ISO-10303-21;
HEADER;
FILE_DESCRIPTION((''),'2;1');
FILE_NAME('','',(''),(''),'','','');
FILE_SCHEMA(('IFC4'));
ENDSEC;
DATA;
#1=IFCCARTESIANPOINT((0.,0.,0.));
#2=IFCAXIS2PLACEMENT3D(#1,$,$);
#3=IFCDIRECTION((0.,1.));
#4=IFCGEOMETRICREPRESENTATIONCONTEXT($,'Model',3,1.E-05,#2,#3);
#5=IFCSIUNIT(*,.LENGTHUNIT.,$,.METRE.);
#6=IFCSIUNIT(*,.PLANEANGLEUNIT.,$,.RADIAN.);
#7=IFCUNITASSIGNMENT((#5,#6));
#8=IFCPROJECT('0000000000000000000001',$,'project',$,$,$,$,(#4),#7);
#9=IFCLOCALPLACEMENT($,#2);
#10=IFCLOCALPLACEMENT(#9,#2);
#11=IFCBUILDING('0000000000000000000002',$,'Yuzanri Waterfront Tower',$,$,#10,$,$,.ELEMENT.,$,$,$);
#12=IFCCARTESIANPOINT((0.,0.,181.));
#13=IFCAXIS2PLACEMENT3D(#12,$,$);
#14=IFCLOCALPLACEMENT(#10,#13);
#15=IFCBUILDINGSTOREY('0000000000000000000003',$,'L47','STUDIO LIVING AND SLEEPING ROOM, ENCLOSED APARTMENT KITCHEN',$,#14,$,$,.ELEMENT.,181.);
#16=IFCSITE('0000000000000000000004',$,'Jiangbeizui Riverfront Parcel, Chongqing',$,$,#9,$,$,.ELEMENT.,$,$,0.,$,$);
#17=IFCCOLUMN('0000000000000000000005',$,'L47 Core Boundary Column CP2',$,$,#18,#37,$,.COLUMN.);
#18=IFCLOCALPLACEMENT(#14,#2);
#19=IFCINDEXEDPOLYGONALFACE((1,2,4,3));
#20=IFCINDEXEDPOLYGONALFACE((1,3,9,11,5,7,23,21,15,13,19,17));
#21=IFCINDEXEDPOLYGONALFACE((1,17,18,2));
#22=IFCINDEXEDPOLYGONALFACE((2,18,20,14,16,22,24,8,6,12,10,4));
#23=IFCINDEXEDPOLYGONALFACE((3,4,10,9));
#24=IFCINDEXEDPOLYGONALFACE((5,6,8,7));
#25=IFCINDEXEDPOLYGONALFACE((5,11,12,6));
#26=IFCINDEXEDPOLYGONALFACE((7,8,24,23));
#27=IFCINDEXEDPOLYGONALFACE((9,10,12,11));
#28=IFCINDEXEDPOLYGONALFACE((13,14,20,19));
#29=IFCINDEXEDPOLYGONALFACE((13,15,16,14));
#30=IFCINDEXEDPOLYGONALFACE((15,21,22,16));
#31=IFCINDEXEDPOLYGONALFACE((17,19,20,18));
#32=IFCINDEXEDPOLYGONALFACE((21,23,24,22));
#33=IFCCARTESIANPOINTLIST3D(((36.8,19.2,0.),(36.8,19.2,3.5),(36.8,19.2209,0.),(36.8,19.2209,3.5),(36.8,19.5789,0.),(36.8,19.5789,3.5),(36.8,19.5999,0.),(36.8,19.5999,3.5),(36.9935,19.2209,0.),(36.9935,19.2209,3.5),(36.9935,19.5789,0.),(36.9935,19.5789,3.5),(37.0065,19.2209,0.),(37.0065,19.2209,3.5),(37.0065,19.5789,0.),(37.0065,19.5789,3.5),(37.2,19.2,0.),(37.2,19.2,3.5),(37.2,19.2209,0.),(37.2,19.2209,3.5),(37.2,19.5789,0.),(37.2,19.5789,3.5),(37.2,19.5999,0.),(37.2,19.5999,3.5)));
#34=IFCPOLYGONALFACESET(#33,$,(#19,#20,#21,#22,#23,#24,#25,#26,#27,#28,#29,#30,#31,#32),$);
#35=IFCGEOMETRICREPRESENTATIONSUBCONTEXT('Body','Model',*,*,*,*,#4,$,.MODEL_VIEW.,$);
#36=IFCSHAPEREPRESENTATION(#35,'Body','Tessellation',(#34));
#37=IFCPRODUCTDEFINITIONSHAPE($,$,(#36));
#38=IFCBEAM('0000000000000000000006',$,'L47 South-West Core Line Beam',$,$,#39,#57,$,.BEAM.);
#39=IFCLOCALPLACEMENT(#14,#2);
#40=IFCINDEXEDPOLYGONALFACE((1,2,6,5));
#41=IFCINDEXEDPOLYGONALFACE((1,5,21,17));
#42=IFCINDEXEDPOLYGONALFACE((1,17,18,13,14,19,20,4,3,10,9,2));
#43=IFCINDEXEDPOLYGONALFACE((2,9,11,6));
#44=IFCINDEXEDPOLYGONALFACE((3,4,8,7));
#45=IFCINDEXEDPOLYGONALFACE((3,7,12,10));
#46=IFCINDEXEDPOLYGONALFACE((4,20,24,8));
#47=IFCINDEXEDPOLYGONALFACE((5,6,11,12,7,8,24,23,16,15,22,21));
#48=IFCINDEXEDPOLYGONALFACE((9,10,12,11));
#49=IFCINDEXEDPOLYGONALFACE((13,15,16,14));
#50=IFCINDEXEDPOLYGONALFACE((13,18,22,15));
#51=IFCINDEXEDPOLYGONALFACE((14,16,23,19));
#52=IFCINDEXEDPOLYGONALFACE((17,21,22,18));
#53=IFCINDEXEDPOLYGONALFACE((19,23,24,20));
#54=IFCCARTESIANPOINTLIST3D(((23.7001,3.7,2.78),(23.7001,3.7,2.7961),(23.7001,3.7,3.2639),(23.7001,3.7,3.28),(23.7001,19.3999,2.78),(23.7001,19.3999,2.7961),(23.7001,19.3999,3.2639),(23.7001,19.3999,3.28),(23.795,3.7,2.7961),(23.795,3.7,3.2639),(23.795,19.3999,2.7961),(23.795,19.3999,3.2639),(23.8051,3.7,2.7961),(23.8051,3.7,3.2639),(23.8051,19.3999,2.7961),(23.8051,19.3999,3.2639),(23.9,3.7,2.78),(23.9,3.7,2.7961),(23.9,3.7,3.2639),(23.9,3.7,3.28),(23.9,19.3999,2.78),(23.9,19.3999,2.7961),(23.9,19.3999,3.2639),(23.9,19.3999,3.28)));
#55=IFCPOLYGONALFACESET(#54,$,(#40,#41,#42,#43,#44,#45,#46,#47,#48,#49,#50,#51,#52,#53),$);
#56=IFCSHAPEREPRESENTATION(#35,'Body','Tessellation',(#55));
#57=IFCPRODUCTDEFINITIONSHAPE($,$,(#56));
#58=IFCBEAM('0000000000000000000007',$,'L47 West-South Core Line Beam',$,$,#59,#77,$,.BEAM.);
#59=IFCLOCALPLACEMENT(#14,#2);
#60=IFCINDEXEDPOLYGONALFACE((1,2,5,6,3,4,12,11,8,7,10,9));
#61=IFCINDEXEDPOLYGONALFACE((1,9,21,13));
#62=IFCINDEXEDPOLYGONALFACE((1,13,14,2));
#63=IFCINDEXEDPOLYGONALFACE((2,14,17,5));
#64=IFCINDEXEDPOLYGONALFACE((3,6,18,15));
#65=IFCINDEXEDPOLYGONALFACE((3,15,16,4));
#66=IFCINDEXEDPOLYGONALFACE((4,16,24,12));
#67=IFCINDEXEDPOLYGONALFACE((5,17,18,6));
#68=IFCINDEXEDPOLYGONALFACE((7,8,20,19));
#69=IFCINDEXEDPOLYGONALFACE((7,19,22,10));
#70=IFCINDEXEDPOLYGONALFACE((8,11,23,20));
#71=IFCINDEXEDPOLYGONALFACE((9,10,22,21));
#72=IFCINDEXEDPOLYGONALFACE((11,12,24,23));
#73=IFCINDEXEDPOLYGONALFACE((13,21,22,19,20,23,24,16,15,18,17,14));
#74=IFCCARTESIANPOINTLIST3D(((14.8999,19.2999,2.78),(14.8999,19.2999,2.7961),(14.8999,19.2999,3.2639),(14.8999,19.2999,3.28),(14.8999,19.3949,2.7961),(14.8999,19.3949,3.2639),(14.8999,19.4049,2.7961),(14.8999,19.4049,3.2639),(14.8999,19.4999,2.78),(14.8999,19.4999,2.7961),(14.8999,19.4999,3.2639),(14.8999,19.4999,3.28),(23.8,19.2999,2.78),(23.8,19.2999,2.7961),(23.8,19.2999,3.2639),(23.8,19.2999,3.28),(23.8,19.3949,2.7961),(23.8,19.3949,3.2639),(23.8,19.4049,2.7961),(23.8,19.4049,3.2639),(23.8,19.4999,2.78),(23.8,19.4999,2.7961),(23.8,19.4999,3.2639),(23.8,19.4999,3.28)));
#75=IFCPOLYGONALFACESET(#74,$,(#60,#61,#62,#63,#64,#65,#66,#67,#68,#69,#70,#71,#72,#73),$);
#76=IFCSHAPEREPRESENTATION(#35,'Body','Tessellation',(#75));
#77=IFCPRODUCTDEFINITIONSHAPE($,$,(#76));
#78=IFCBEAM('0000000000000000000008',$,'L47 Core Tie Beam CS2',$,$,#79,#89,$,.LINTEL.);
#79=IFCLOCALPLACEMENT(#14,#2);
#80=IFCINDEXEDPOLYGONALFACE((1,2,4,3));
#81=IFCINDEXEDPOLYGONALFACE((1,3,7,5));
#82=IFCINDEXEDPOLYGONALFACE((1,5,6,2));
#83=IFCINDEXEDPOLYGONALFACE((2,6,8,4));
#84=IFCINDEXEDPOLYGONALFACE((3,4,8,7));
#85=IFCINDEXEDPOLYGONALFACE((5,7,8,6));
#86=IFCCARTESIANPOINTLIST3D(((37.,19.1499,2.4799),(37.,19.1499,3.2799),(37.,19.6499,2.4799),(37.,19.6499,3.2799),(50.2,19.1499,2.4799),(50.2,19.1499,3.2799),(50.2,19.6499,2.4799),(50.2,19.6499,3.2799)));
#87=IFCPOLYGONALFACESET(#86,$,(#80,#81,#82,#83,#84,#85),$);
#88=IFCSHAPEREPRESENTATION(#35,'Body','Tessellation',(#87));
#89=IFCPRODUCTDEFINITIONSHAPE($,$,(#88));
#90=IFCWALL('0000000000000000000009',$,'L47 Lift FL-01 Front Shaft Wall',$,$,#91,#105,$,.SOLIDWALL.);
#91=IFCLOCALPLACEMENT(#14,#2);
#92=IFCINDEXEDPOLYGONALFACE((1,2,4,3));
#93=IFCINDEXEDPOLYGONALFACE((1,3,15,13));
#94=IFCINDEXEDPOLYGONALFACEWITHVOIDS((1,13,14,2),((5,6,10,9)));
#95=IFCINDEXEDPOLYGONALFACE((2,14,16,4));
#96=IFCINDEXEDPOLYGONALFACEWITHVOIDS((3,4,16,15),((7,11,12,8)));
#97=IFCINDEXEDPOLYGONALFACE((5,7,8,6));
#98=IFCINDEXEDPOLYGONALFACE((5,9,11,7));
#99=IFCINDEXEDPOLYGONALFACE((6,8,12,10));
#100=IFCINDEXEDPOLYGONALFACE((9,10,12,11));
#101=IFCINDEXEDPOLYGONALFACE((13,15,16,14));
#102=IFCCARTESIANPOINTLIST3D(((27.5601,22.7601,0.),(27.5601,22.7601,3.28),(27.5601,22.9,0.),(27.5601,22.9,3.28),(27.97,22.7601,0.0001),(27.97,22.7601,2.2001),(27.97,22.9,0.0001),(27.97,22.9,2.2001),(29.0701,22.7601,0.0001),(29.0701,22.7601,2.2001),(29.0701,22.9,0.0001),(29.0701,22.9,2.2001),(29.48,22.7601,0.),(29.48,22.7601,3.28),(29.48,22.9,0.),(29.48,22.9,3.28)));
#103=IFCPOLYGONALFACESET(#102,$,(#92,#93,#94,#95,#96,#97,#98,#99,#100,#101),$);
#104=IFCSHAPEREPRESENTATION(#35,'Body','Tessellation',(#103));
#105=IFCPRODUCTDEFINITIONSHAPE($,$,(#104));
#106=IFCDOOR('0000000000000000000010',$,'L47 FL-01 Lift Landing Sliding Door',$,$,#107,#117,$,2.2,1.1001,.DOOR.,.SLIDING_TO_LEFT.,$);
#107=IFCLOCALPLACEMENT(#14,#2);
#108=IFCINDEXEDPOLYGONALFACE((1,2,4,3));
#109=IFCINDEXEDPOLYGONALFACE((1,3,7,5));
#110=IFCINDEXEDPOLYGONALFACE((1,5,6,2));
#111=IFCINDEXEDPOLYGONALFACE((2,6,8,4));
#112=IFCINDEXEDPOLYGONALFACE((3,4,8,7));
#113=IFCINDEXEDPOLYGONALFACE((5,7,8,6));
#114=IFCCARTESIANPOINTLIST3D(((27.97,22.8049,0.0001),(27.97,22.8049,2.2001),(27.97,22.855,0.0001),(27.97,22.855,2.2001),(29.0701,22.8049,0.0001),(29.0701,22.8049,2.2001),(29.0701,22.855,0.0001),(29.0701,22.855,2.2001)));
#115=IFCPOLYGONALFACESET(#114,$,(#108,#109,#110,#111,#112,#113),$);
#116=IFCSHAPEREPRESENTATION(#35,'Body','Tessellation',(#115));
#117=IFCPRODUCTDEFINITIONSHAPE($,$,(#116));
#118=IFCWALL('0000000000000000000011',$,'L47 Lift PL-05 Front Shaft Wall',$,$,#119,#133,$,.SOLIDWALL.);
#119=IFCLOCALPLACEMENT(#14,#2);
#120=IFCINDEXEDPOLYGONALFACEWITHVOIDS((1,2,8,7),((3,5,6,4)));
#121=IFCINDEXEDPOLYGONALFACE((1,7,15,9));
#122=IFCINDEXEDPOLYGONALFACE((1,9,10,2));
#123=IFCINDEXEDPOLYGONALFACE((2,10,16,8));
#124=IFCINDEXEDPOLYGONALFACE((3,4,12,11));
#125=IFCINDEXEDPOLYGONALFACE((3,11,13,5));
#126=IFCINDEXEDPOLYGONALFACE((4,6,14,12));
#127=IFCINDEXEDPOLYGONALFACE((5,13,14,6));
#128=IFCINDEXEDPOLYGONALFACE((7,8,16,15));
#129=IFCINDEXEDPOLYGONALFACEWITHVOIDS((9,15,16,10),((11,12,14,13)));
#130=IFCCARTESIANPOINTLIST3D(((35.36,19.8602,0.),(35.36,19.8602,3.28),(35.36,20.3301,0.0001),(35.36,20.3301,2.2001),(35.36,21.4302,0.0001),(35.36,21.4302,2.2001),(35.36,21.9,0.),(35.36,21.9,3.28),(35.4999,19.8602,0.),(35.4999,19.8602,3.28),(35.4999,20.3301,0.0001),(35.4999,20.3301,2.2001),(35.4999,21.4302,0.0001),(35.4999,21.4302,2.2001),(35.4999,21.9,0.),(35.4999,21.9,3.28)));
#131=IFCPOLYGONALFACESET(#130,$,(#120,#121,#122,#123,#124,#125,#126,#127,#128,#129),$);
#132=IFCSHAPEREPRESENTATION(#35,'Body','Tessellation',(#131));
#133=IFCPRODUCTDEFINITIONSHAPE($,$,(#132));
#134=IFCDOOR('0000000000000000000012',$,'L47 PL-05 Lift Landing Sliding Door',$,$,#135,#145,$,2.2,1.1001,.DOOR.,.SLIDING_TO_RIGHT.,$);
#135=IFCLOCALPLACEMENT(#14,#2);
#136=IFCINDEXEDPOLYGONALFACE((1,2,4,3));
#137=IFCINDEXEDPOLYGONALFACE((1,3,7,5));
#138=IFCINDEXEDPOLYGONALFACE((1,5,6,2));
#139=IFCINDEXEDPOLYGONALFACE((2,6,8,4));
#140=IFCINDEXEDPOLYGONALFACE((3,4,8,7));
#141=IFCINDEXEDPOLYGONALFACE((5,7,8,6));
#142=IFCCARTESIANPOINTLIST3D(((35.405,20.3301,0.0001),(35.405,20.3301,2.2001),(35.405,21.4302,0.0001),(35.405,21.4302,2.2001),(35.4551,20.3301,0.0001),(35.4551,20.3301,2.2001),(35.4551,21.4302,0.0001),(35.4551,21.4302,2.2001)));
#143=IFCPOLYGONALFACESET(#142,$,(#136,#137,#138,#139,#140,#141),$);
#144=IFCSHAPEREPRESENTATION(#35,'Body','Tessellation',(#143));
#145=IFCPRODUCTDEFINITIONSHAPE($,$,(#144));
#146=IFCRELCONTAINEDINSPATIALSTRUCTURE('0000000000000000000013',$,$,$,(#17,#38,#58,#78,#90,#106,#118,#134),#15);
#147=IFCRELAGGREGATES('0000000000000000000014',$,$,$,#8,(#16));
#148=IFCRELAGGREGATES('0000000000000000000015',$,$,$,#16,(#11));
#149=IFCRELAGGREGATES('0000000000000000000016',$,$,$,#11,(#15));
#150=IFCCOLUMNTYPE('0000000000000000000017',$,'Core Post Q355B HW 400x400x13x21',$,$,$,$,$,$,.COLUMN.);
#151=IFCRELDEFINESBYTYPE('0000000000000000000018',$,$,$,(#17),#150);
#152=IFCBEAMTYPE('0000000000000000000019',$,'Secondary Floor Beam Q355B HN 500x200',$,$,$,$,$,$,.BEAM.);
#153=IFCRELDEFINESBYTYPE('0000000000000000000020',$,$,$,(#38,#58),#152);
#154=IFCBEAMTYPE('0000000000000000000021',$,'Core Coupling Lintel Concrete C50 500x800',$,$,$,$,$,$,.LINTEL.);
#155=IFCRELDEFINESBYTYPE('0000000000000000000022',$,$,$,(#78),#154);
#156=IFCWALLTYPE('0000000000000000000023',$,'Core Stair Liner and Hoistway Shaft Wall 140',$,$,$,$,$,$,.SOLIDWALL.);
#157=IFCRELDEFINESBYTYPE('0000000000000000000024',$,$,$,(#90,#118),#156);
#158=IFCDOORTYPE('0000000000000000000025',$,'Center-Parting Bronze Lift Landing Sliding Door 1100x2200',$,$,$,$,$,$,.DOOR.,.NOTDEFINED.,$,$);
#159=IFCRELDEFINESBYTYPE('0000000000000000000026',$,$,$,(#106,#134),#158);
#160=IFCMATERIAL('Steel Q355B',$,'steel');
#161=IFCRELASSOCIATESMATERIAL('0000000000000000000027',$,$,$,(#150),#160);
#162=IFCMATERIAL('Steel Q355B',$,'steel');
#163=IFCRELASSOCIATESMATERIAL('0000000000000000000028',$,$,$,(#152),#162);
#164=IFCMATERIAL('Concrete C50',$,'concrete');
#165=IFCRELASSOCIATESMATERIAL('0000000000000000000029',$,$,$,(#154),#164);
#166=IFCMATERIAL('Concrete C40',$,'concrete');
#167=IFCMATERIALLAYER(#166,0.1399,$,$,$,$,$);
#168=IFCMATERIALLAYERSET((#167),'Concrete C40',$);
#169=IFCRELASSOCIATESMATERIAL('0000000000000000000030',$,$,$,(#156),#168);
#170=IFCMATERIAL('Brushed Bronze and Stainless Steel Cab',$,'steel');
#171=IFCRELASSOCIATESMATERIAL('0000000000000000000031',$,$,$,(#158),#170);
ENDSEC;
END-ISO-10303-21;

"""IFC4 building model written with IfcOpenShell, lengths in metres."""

from ifc_helpers import new_model, si_unit, direction, frame, frame_2d, origin, origin_2d, place, context, subcontext, project, spatial, rectangle, i_section, extrude, source, transform, mapped, material, layer, layer_set, material_profile, profile_set, type_object, element, fill, save


model = new_model("IFC4")

# Units and contexts
model_context = context("Model", 3, precision=1e-05, world=origin(), true_north=direction((0.0, 1.0)))
body_context = subcontext(model_context, "Body", "Model", "MODEL_VIEW")
ifc_project = project(units=[si_unit("LENGTHUNIT", "METRE"), si_unit("PLANEANGLEUNIT", "RADIAN")], contexts=[model_context])

# Site, building, storey
site_placement = place(None, origin())
site = spatial("IfcSite", under=ifc_project, at=site_placement, Name="Jiangbeizui Riverfront Parcel, Chongqing", CompositionType="ELEMENT", RefElevation=0.0)
building_placement = place(site_placement, origin())
building = spatial("IfcBuilding", under=site, at=building_placement, Name="Yuzanri Waterfront Tower", CompositionType="ELEMENT")
storey_placement = place(building_placement, frame((0.0, 0.0, 181.0)))
storey = spatial("IfcBuildingStorey", under=building, at=storey_placement, Name="L47", Description="STUDIO LIVING AND SLEEPING ROOM, ENCLOSED APARTMENT KITCHEN", CompositionType="ELEMENT", Elevation=181.0)

# Column
ifc_material_1 = material(Name="Steel Q355B", Category="steel")
ifc_material_profile_1 = material_profile(ifc_material_1, i_section(OverallWidth=0.3999, OverallDepth=0.3999, WebThickness=0.0129, FlangeThickness=0.021, at=origin_2d()), Name="HW 400x400x13x21")
ifc_profile_set_1 = profile_set([ifc_material_profile_1], Name="Steel Q355B")
column_type = type_object("IfcColumnType", Name="Core Post Q355B HW 400x400x13x21", PredefinedType="COLUMN", material=ifc_profile_set_1)
shared_shape_1 = source(origin(), body_context, "Body", "SweptSolid", [
    extrude(i_section(OverallWidth=0.3999, OverallDepth=0.3999, WebThickness=0.0129, FlangeThickness=0.021, at=origin_2d()), origin(), (0.0, 0.0, 1.0), 3.5),
])
column_placement = place(storey_placement, frame((37.0, 19.3999, 0.0), z_axis=(0.0, 0.0, 1.0), x_axis=(1.0, 0.0, 0.0)))
element("IfcColumn", 1, at=column_placement, inside=storey, type_object=column_type, Name="L47 Core Boundary Column CP2", PredefinedType="COLUMN", context=body_context, shape_type="MappedRepresentation", body=[
    mapped(shared_shape_1, transform((0.0, 0.0, 0.0), scale=1.0)),
])

# Beams
ifc_material_2 = material(Name="Steel Q355B", Category="steel")
ifc_material_profile_2 = material_profile(ifc_material_2, i_section(OverallWidth=0.2, OverallDepth=0.5, WebThickness=0.01, FlangeThickness=0.0161, at=origin_2d()), Name="HN 500x200x10x16")
ifc_profile_set_2 = profile_set([ifc_material_profile_2], Name="Steel Q355B")
beam_type_1 = type_object("IfcBeamType", Name="Secondary Floor Beam Q355B HN 500x200", PredefinedType="BEAM", material=ifc_profile_set_2)
shared_shape_2 = source(origin(), body_context, "Body", "SweptSolid", [
    extrude(i_section(OverallWidth=0.2, OverallDepth=0.5, WebThickness=0.01, FlangeThickness=0.0161, at=origin_2d()), origin(), (0.0, 0.0, 1.0), 15.7),
])
beam_1_placement = place(storey_placement, frame((23.8, 19.3999, 3.03), z_axis=(0.0, -1.0, 0.0), x_axis=(1.0, 0.0, 0.0)))
element("IfcBeam", 2, at=beam_1_placement, inside=storey, type_object=beam_type_1, Name="L47 South-West Core Line Beam", PredefinedType="BEAM", context=body_context, shape_type="MappedRepresentation", body=[
    mapped(shared_shape_2, transform((0.0, 0.0, 0.0), scale=1.0)),
])
shared_shape_3 = source(origin(), body_context, "Body", "SweptSolid", [
    extrude(i_section(OverallWidth=0.2, OverallDepth=0.5, WebThickness=0.01, FlangeThickness=0.0161, at=origin_2d()), origin(), (0.0, 0.0, 1.0), 8.9001),
])
beam_2_placement = place(storey_placement, frame((23.8, 19.3999, 3.03), z_axis=(-1.0, 0.0, 0.0), x_axis=(0.0, -1.0, 0.0)))
element("IfcBeam", 3, at=beam_2_placement, inside=storey, type_object=beam_type_1, Name="L47 West-South Core Line Beam", PredefinedType="BEAM", context=body_context, shape_type="MappedRepresentation", body=[
    mapped(shared_shape_3, transform((0.0, 0.0, 0.0), scale=1.0)),
])
ifc_material_3 = material(Name="Concrete C50", Category="concrete")
ifc_material_profile_3 = material_profile(ifc_material_3, rectangle(XDim=0.5, YDim=0.8, at=origin_2d()), Name="RC 500x800")
ifc_profile_set_3 = profile_set([ifc_material_profile_3], Name="Concrete C50")
beam_type_2 = type_object("IfcBeamType", Name="Core Coupling Lintel Concrete C50 500x800", PredefinedType="LINTEL", material=ifc_profile_set_3)
shared_shape_4 = source(origin(), body_context, "Body", "SweptSolid", [
    extrude(rectangle(XDim=0.5, YDim=0.8, at=origin_2d()), origin(), (0.0, 0.0, 1.0), 13.2),
])
beam_3_placement = place(storey_placement, frame((37.0, 19.3999, 2.8799), z_axis=(1.0, 0.0, 0.0), x_axis=(0.0, 1.0, 0.0)))
element("IfcBeam", 4, at=beam_3_placement, inside=storey, type_object=beam_type_2, Name="L47 Core Tie Beam CS2", PredefinedType="LINTEL", context=body_context, shape_type="MappedRepresentation", body=[
    mapped(shared_shape_4, transform((0.0, 0.0, 0.0), scale=1.0)),
])

# Walls, openings, doors
ifc_material_4 = material(Name="Concrete C40", Category="concrete")
ifc_layer_1 = layer(ifc_material_4, 0.1399)
ifc_layer_set_1 = layer_set([ifc_layer_1], Name="Concrete C40")
wall_type_1 = type_object("IfcWallType", Name="Core Stair Liner and Hoistway Shaft Wall 140", PredefinedType="SOLIDWALL", material=ifc_layer_set_1)
wall_1_placement = place(storey_placement, frame((27.5601, 22.8301, 0.0), z_axis=(0.0, 0.0, 1.0), x_axis=(1.0, 0.0, 0.0)))
wall_1 = element("IfcWall", 5, at=wall_1_placement, inside=storey, type_object=wall_type_1, Name="L47 Lift FL-01 Front Shaft Wall", PredefinedType="SOLIDWALL", context=body_context, shape_type="SweptSolid", body=[
    extrude(rectangle(XDim=1.9199, YDim=0.1399, at=frame_2d((0.96, 0.0))), origin(), (0.0, 0.0, 1.0), 3.28),
])
opening_1_placement = place(wall_1_placement, frame((0.4099, 0.0, 0.0)))
opening_1 = element("IfcOpeningElement", 6, at=opening_1_placement, cuts=wall_1, PredefinedType="OPENING", context=body_context, shape_type="SweptSolid", body=[
    extrude(rectangle(XDim=1.1001, YDim=2.2, at=frame_2d((0.55, 1.1001))), frame((0.0, 0.085, 0.0), z_axis=(0.0, -1.0, 0.0), x_axis=(1.0, 0.0, 0.0)), (0.0, 0.0, 1.0), 0.1697),
])
ifc_material_5 = material(Name="Brushed Bronze and Stainless Steel Cab", Category="steel")
door_type_1 = type_object("IfcDoorType", Name="Center-Parting Bronze Lift Landing Sliding Door 1100x2200", OperationType="NOTDEFINED", PredefinedType="DOOR", material=ifc_material_5)
shared_shape_5 = source(origin(), body_context, "Body", "SweptSolid", [
    extrude(rectangle(XDim=1.1001, YDim=2.2, at=frame_2d((0.55, 1.1001))), frame((0.0, 0.0249, 0.0), z_axis=(0.0, -1.0, 0.0), x_axis=(1.0, 0.0, 0.0)), (0.0, 0.0, 1.0), 0.05),
])
door_1_placement = place(opening_1_placement, origin())
door_1 = element("IfcDoor", 7, at=door_1_placement, inside=storey, type_object=door_type_1, Name="L47 FL-01 Lift Landing Sliding Door", OperationType="SLIDING_TO_LEFT", OverallHeight=2.2, OverallWidth=1.1001, PredefinedType="DOOR", context=body_context, shape_type="MappedRepresentation", body=[
    mapped(shared_shape_5, transform((0.0, 0.0, 0.0), scale=1.0)),
])
fill(opening_1, door_1)
wall_2_placement = place(storey_placement, frame((35.4299, 19.8601, 0.0), z_axis=(0.0, 0.0, 1.0), x_axis=(0.0, 1.0, 0.0)))
wall_2 = element("IfcWall", 8, at=wall_2_placement, inside=storey, type_object=wall_type_1, Name="L47 Lift PL-05 Front Shaft Wall", PredefinedType="SOLIDWALL", context=body_context, shape_type="SweptSolid", body=[
    extrude(rectangle(XDim=2.0398, YDim=0.1399, at=frame_2d((1.02, 0.0))), origin(), (0.0, 0.0, 1.0), 3.28),
])
opening_2_placement = place(wall_2_placement, frame((0.47, 0.0, 0.0)))
opening_2 = element("IfcOpeningElement", 9, at=opening_2_placement, cuts=wall_2, PredefinedType="OPENING", context=body_context, shape_type="SweptSolid", body=[
    extrude(rectangle(XDim=1.1001, YDim=2.2, at=frame_2d((0.55, 1.1001))), frame((0.0, 0.085, 0.0), z_axis=(0.0, -1.0, 0.0), x_axis=(1.0, 0.0, 0.0)), (0.0, 0.0, 1.0), 0.1697),
])
door_2_placement = place(opening_2_placement, origin())
door_2 = element("IfcDoor", 10, at=door_2_placement, inside=storey, type_object=door_type_1, Name="L47 PL-05 Lift Landing Sliding Door", OperationType="SLIDING_TO_RIGHT", OverallHeight=2.2, OverallWidth=1.1001, PredefinedType="DOOR", context=body_context, shape_type="MappedRepresentation", body=[
    mapped(shared_shape_5, transform((0.0, 0.0, 0.0), scale=1.0)),
])
fill(opening_2, door_2)

save(model, "model.ifc")
